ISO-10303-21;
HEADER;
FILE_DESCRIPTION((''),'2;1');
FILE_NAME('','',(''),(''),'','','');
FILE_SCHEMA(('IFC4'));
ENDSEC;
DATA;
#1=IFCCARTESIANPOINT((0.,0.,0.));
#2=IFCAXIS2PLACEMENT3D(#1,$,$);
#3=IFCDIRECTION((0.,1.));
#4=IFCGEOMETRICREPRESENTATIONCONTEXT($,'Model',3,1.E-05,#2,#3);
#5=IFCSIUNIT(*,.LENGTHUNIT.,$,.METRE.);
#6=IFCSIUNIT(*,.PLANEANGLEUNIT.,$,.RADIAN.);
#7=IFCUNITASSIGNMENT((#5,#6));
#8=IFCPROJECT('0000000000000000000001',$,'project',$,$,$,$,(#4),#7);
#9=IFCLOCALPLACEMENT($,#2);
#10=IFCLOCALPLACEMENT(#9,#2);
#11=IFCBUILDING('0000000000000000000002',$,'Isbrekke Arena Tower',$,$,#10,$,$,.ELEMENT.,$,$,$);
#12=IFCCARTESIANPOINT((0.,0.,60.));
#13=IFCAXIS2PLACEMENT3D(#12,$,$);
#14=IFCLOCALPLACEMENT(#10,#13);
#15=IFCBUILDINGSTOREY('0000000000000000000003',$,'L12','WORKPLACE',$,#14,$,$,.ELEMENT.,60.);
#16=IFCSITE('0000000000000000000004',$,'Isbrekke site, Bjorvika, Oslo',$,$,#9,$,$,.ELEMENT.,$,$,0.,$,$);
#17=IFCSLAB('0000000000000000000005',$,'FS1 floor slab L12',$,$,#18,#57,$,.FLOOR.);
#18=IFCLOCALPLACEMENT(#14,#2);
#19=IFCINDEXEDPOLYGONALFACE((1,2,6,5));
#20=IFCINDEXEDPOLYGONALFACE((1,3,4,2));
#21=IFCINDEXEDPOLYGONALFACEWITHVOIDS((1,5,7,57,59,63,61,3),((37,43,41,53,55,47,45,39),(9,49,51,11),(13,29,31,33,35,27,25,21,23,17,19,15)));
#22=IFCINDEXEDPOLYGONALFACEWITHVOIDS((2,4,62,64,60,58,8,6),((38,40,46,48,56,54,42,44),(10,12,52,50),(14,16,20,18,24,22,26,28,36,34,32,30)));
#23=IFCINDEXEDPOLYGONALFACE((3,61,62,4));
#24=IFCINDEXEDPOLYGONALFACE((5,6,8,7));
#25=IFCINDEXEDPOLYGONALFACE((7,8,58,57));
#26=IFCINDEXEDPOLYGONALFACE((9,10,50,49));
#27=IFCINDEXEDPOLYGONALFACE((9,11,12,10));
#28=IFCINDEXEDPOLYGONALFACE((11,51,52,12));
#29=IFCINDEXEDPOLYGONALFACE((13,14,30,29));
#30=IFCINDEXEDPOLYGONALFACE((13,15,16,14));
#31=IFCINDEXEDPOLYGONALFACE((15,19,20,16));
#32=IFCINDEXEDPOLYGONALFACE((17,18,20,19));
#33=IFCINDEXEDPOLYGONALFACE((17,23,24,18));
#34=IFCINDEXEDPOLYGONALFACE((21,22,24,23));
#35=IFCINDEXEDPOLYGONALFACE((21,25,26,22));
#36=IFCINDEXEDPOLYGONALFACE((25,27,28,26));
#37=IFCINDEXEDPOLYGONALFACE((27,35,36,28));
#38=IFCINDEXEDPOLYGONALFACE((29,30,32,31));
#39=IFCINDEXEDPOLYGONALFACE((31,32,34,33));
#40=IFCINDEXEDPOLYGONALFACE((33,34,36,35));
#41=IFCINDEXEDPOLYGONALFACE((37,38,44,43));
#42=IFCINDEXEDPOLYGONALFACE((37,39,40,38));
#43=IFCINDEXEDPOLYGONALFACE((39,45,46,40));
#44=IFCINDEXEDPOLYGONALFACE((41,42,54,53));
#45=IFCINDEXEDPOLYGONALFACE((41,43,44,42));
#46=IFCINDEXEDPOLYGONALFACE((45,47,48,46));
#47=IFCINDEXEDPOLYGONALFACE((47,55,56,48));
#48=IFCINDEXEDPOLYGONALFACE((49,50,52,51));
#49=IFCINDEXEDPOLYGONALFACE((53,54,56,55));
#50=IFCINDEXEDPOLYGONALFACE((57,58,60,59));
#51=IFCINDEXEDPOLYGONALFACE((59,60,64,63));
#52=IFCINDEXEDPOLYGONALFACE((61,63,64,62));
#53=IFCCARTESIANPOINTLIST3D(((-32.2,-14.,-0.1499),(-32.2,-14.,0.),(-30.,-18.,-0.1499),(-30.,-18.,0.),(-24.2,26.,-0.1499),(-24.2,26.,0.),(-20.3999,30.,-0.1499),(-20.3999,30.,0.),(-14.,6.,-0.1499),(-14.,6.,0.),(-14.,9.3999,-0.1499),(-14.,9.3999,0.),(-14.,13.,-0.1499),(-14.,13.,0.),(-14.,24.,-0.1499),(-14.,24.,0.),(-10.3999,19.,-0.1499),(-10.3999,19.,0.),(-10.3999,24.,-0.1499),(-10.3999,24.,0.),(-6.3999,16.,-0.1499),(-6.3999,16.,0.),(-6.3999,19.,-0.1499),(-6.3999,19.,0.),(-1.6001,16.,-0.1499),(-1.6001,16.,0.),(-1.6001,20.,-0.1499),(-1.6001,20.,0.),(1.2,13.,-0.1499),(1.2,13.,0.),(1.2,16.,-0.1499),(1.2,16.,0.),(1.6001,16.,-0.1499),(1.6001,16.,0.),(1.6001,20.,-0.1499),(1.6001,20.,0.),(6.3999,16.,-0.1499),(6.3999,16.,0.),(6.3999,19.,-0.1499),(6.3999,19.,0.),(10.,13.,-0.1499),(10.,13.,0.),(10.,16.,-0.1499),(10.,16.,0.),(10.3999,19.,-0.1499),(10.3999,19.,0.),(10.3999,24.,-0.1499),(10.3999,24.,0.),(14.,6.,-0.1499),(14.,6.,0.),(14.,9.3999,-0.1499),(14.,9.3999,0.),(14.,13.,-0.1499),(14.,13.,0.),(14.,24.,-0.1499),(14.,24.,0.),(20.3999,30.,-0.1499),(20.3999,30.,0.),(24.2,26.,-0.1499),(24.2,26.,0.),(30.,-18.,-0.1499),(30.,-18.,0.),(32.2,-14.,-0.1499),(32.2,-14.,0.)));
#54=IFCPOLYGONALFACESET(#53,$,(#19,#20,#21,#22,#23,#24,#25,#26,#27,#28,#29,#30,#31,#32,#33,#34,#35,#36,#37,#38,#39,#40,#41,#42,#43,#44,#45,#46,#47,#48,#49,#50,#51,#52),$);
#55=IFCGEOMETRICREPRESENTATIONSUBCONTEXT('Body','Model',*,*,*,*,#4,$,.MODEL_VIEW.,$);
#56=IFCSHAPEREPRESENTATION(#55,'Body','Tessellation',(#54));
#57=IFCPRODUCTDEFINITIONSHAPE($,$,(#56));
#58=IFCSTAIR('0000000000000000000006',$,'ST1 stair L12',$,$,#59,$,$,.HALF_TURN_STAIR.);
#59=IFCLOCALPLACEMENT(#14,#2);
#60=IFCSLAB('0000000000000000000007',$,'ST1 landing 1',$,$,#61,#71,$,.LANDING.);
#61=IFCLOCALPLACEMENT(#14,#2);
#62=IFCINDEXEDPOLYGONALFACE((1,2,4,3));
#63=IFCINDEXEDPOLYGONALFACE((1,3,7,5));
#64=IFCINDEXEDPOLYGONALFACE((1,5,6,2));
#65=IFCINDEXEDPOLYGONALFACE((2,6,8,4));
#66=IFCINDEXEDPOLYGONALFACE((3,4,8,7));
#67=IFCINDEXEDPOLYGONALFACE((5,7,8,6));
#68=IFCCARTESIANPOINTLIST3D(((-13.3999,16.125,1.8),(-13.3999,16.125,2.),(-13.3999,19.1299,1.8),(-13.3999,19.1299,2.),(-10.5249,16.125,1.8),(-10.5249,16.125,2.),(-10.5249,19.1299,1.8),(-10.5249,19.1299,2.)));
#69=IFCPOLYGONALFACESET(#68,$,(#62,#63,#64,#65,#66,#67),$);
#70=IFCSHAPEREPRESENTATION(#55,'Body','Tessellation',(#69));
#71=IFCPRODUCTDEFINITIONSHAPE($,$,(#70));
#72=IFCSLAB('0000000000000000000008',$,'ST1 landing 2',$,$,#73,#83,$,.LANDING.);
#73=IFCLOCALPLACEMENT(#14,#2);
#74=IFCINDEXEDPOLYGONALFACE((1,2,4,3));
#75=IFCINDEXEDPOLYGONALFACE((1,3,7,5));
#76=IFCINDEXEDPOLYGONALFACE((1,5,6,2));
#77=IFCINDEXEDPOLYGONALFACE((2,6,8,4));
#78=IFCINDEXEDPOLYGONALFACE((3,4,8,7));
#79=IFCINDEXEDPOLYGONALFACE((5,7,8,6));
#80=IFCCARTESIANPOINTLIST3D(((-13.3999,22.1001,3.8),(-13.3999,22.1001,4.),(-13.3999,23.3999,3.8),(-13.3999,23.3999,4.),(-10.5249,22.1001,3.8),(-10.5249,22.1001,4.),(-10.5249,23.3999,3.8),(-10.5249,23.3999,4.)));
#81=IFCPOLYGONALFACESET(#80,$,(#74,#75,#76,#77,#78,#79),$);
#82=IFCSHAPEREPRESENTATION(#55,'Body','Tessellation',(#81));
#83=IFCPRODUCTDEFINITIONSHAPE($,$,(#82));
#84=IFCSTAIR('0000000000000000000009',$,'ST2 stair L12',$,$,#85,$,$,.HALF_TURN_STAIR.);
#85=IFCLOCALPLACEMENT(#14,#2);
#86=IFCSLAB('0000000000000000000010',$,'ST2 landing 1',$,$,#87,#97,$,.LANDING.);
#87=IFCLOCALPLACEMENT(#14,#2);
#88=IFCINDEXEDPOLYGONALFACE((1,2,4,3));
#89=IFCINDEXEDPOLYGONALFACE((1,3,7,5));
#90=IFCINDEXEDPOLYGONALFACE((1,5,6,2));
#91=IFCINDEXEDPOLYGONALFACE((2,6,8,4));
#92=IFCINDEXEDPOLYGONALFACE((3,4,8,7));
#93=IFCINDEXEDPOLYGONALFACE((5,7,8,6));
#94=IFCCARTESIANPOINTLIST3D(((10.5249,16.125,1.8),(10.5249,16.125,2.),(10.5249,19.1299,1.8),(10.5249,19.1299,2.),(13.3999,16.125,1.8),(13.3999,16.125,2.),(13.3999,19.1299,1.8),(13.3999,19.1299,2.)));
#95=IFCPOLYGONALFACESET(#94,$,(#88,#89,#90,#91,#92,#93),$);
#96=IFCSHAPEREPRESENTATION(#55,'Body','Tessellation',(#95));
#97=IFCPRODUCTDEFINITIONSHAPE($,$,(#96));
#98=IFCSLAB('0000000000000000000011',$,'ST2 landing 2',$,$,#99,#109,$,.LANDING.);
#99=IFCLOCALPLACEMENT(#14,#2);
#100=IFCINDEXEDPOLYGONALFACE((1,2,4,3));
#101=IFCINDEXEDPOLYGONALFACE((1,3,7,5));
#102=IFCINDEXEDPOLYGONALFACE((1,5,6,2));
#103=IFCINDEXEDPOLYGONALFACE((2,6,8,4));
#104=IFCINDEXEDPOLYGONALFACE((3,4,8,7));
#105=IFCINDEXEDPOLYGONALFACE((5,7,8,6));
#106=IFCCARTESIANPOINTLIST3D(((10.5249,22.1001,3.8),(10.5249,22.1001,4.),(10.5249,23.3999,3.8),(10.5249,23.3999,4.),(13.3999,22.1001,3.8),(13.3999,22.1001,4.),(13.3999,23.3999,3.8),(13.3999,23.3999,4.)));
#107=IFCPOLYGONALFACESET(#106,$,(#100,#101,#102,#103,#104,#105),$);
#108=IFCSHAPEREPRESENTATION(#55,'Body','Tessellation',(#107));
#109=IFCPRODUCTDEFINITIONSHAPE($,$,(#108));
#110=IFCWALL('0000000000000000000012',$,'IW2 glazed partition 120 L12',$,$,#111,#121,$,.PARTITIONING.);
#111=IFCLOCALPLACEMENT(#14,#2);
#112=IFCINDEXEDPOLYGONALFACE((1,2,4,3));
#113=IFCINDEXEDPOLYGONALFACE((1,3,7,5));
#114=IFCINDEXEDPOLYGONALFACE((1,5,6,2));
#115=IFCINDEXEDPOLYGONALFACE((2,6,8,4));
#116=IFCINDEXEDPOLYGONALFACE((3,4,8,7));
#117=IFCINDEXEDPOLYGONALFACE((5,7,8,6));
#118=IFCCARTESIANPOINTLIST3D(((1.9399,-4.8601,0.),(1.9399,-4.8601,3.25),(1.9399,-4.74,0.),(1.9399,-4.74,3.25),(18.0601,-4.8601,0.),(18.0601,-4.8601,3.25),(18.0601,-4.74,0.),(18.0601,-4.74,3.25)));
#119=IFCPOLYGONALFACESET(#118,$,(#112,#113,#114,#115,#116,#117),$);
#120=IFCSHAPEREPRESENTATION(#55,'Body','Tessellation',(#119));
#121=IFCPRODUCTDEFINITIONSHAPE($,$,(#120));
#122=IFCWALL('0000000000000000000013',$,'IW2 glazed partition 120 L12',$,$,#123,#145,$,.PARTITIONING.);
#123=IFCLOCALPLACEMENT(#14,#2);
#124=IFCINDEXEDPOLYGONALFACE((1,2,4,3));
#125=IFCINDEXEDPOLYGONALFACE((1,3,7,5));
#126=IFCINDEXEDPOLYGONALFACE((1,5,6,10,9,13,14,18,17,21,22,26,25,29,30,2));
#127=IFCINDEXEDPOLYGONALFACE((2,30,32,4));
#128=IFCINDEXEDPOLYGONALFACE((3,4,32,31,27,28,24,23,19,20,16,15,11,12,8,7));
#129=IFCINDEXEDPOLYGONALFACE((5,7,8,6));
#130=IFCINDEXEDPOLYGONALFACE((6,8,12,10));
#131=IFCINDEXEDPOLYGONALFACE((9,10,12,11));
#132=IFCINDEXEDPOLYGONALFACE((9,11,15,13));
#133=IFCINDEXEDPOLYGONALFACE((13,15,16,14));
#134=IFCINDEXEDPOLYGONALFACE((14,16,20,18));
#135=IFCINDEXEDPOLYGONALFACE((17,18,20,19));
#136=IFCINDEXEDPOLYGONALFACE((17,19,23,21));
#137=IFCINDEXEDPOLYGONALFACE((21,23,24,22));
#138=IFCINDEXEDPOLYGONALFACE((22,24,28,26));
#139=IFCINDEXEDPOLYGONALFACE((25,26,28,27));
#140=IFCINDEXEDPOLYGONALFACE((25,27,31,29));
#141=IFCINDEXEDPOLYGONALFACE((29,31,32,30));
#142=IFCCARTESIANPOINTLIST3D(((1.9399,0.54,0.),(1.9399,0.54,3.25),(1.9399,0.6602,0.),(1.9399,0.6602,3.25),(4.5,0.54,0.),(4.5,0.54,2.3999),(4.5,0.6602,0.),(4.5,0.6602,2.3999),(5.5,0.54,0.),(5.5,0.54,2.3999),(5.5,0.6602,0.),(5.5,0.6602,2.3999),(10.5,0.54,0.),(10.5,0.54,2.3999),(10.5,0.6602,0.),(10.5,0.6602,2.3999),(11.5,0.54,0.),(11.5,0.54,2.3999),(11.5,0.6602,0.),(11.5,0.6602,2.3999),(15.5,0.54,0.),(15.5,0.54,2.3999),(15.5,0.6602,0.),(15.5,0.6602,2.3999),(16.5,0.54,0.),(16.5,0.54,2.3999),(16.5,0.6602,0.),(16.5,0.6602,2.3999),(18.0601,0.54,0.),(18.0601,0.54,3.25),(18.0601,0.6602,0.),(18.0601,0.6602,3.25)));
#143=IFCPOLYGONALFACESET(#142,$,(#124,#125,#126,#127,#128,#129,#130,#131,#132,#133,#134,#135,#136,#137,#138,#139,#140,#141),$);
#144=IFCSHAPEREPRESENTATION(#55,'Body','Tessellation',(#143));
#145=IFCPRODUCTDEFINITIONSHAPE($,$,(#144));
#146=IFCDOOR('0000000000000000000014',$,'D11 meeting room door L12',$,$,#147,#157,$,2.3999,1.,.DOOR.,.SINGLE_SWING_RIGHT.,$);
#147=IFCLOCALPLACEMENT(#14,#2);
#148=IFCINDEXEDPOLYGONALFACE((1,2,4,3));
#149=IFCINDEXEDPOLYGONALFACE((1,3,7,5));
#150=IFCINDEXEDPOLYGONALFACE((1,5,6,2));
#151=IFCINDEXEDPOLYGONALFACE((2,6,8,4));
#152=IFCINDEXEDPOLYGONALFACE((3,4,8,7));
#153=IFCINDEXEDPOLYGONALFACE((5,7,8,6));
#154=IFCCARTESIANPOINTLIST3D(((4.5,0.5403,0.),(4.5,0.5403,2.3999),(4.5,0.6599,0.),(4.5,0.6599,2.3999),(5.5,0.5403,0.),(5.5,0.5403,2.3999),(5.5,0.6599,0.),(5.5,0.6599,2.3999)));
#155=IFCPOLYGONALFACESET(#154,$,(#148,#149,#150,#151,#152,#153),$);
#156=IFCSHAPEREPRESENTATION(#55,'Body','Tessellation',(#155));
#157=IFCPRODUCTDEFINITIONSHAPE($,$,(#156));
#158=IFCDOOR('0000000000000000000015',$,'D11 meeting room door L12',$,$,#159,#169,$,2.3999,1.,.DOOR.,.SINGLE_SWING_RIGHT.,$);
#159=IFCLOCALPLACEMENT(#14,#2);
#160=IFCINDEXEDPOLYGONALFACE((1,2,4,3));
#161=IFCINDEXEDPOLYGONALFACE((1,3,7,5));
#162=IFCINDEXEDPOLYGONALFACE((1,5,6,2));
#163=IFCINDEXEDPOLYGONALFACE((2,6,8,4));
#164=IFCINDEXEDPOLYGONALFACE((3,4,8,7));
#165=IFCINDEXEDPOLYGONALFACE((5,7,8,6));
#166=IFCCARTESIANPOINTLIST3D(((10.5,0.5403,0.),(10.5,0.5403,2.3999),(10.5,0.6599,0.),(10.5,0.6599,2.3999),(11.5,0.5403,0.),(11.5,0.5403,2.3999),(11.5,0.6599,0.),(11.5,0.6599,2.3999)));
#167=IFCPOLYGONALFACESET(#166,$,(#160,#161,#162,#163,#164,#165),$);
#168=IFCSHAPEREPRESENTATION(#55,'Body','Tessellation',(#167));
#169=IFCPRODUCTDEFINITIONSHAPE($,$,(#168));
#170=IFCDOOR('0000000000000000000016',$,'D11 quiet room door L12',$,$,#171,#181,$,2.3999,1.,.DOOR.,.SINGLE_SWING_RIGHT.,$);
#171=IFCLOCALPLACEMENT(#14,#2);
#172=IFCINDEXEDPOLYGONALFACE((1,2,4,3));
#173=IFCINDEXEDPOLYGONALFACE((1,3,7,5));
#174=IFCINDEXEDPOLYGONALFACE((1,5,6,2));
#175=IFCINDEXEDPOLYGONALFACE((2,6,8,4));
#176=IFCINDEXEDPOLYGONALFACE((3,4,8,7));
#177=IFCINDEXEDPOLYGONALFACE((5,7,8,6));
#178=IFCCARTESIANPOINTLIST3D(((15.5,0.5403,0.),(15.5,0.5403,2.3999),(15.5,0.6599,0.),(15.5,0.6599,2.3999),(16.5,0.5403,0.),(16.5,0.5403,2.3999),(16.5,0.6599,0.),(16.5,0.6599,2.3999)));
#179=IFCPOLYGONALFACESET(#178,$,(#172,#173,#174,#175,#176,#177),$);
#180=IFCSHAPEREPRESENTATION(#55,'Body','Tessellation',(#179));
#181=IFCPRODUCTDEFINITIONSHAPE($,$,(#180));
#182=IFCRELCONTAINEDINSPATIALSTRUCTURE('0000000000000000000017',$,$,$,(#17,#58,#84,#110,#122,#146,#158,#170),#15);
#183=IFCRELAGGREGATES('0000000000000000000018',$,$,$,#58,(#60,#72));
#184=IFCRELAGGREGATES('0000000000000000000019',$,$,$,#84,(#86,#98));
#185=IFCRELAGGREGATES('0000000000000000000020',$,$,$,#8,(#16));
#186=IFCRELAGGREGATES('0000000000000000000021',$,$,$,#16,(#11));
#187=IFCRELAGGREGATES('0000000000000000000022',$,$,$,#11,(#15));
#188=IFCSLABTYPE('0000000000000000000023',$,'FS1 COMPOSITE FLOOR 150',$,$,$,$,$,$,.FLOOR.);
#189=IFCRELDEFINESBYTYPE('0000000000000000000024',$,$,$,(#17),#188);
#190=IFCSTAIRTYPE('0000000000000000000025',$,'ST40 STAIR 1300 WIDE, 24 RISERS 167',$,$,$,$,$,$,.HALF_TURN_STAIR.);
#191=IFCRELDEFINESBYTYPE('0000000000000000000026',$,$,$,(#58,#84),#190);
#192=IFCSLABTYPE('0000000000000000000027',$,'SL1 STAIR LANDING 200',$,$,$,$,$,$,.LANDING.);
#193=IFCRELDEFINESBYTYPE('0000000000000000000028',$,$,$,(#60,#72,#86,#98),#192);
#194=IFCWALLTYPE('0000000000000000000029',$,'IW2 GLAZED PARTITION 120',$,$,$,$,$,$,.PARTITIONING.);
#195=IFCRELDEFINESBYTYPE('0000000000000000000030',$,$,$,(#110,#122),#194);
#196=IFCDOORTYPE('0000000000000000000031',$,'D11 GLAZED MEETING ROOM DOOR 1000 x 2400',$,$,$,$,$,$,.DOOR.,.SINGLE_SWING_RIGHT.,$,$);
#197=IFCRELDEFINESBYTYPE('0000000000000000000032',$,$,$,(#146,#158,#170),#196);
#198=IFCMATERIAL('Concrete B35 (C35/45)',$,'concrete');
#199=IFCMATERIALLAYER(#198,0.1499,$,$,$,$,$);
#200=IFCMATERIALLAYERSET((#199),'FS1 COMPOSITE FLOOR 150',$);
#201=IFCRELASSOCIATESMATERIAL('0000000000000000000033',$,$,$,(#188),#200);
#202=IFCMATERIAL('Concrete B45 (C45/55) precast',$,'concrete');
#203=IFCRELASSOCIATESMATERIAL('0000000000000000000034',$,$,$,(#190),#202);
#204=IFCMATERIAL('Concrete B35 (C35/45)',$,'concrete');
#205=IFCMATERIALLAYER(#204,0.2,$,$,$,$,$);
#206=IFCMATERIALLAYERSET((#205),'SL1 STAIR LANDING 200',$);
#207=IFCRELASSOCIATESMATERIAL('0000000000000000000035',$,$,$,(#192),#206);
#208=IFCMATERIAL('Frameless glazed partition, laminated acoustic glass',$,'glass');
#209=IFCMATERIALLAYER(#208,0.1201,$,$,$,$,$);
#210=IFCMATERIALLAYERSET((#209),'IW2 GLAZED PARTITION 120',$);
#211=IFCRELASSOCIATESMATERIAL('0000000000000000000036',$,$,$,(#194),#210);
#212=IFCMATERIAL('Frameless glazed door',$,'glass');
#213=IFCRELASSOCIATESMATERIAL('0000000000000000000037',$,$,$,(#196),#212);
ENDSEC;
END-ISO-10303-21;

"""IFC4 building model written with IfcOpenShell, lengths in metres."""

from ifc_helpers import new_model, si_unit, direction, frame, frame_2d, origin, place, context, subcontext, project, spatial, polyline, rectangle, outline, extrude, material, layer, layer_set, type_object, element, fill, aggregate, save


model = new_model("IFC4")

# Units and contexts
model_context = context("Model", 3, precision=1e-05, world=origin(), true_north=direction((0.0, 1.0)))
body_context = subcontext(model_context, "Body", "Model", "MODEL_VIEW")
ifc_project = project(units=[si_unit("LENGTHUNIT", "METRE"), si_unit("PLANEANGLEUNIT", "RADIAN")], contexts=[model_context])

# Site, building, storey
site_placement = place(None, origin())
site = spatial("IfcSite", under=ifc_project, at=site_placement, Name="Isbrekke site, Bjorvika, Oslo", CompositionType="ELEMENT", RefElevation=0.0)
building_placement = place(site_placement, origin())
building = spatial("IfcBuilding", under=site, at=building_placement, Name="Isbrekke Arena Tower", CompositionType="ELEMENT")
storey_placement = place(building_placement, frame((0.0, 0.0, 60.0)))
storey = spatial("IfcBuildingStorey", under=building, at=storey_placement, Name="L12", Description="WORKPLACE", CompositionType="ELEMENT", Elevation=60.0)

# Slab
ifc_material_1 = material(Name="Concrete B35 (C35/45)", Category="concrete")
ifc_layer_1 = layer(ifc_material_1, 0.1499)
ifc_layer_set_1 = layer_set([ifc_layer_1], Name="FS1 COMPOSITE FLOOR 150")
slab_type_1 = type_object("IfcSlabType", Name="FS1 COMPOSITE FLOOR 150", PredefinedType="FLOOR", material=ifc_layer_set_1)
slab_1_placement = place(storey_placement, frame((0.0, 0.0, -0.1499)))
element("IfcSlab", 1, at=slab_1_placement, inside=storey, type_object=slab_type_1, Name="FS1 floor slab L12", PredefinedType="FLOOR", context=body_context, shape_type="SweptSolid", body=[
    extrude(outline(polyline([(-30.0, -18.0), (30.0, -18.0), (32.2, -14.0), (24.2, 26.0), (20.3999, 30.0), (-20.3999, 30.0), (-24.2, 26.0), (-32.2, -14.0), (-30.0, -18.0)]), holes=[polyline([(14.0, 9.3999), (14.0, 6.0), (-14.0, 6.0), (-14.0, 9.3999), (14.0, 9.3999)]), polyline([(-6.3999, 19.0), (-6.3999, 16.0), (-1.6001, 16.0), (-1.6001, 20.0), (1.6001, 20.0), (1.6001, 16.0), (1.2, 16.0), (1.2, 13.0), (-14.0, 13.0), (-14.0, 24.0), (-10.3999, 24.0), (-10.3999, 19.0), (-6.3999, 19.0)]), polyline([(10.0, 13.0), (10.0, 16.0), (6.3999, 16.0), (6.3999, 19.0), (10.3999, 19.0), (10.3999, 24.0), (14.0, 24.0), (14.0, 13.0), (10.0, 13.0)])]), origin(), (0.0, 0.0, 1.0), 0.1499),
])

# Stairs, slabs
ifc_material_2 = material(Name="Concrete B45 (C45/55) precast", Category="concrete")
stair_type = type_object("IfcStairType", Name="ST40 STAIR 1300 WIDE, 24 RISERS 167", PredefinedType="HALF_TURN_STAIR", material=ifc_material_2)
stair_1_placement = place(storey_placement, origin())
stair_1 = element("IfcStair", 2, at=stair_1_placement, inside=storey, type_object=stair_type, Name="ST1 stair L12", PredefinedType="HALF_TURN_STAIR")
ifc_material_3 = material(Name="Concrete B35 (C35/45)", Category="concrete")
ifc_layer_2 = layer(ifc_material_3, 0.2)
ifc_layer_set_2 = layer_set([ifc_layer_2], Name="SL1 STAIR LANDING 200")
slab_type_2 = type_object("IfcSlabType", Name="SL1 STAIR LANDING 200", PredefinedType="LANDING", material=ifc_layer_set_2)
slab_2_placement = place(storey_placement, frame((0.0, 0.0, 1.8)))
slab_2 = element("IfcSlab", 3, at=slab_2_placement, type_object=slab_type_2, Name="ST1 landing 1", PredefinedType="LANDING", context=body_context, shape_type="SweptSolid", body=[
    extrude(outline(polyline([(-13.3999, 16.125), (-10.5249, 16.125), (-10.5249, 19.1299), (-13.3999, 19.1299), (-13.3999, 16.125)])), origin(), (0.0, 0.0, 1.0), 0.2),
])
slab_3_placement = place(storey_placement, frame((0.0, 0.0, 3.8)))
slab_3 = element("IfcSlab", 4, at=slab_3_placement, type_object=slab_type_2, Name="ST1 landing 2", PredefinedType="LANDING", context=body_context, shape_type="SweptSolid", body=[
    extrude(outline(polyline([(-13.3999, 22.1001), (-10.5249, 22.1001), (-10.5249, 23.3999), (-13.3999, 23.3999), (-13.3999, 22.1001)])), origin(), (0.0, 0.0, 1.0), 0.2),
])
aggregate(stair_1, [slab_2, slab_3])
stair_2_placement = place(storey_placement, origin())
stair_2 = element("IfcStair", 5, at=stair_2_placement, inside=storey, type_object=stair_type, Name="ST2 stair L12", PredefinedType="HALF_TURN_STAIR")
slab_4_placement = place(storey_placement, frame((0.0, 0.0, 1.8)))
slab_4 = element("IfcSlab", 6, at=slab_4_placement, type_object=slab_type_2, Name="ST2 landing 1", PredefinedType="LANDING", context=body_context, shape_type="SweptSolid", body=[
    extrude(outline(polyline([(10.5249, 16.125), (13.3999, 16.125), (13.3999, 19.1299), (10.5249, 19.1299), (10.5249, 16.125)])), origin(), (0.0, 0.0, 1.0), 0.2),
])
slab_5_placement = place(storey_placement, frame((0.0, 0.0, 3.8)))
slab_5 = element("IfcSlab", 7, at=slab_5_placement, type_object=slab_type_2, Name="ST2 landing 2", PredefinedType="LANDING", context=body_context, shape_type="SweptSolid", body=[
    extrude(outline(polyline([(10.5249, 22.1001), (13.3999, 22.1001), (13.3999, 23.3999), (10.5249, 23.3999), (10.5249, 22.1001)])), origin(), (0.0, 0.0, 1.0), 0.2),
])
aggregate(stair_2, [slab_4, slab_5])

# Wall
ifc_material_4 = material(Name="Frameless glazed partition, laminated acoustic glass", Category="glass")
ifc_layer_3 = layer(ifc_material_4, 0.1201)
ifc_layer_set_3 = layer_set([ifc_layer_3], Name="IW2 GLAZED PARTITION 120")
wall_type_1 = type_object("IfcWallType", Name="IW2 GLAZED PARTITION 120", PredefinedType="PARTITIONING", material=ifc_layer_set_3)
wall_1_placement = place(storey_placement, frame((1.9399, -4.8, 0.0), z_axis=(0.0, 0.0, 1.0), x_axis=(1.0, 0.0, 0.0)))
element("IfcWall", 8, at=wall_1_placement, inside=storey, type_object=wall_type_1, Name="IW2 glazed partition 120 L12", PredefinedType="PARTITIONING", context=body_context, shape_type="SweptSolid", body=[
    extrude(rectangle(XDim=16.1201, YDim=0.1201, at=frame_2d((8.0601, 0.0))), origin(), (0.0, 0.0, 1.0), 3.25),
])

# Wall, openings, doors
wall_2_placement = place(storey_placement, frame((1.9399, 0.6001, 0.0), z_axis=(0.0, 0.0, 1.0), x_axis=(1.0, 0.0, 0.0)))
wall_2 = element("IfcWall", 9, at=wall_2_placement, inside=storey, type_object=wall_type_1, Name="IW2 glazed partition 120 L12", PredefinedType="PARTITIONING", context=body_context, shape_type="SweptSolid", body=[
    extrude(rectangle(XDim=16.1201, YDim=0.1201, at=frame_2d((8.0601, 0.0))), origin(), (0.0, 0.0, 1.0), 3.25),
])
opening_1_placement = place(wall_2_placement, frame((2.5601, 0.0, 0.0)))
opening_1 = element("IfcOpeningElement", 10, at=opening_1_placement, cuts=wall_2, PredefinedType="OPENING", context=body_context, shape_type="SweptSolid", body=[
    extrude(rectangle(XDim=1.0, YDim=2.3999, at=frame_2d((0.5, 1.2))), frame((0.0, 0.075, 0.0), z_axis=(0.0, -1.0, 0.0), x_axis=(1.0, 0.0, 0.0)), (0.0, 0.0, 1.0), 0.1499),
])
opening_2_placement = place(wall_2_placement, frame((8.5601, 0.0, 0.0)))
opening_2 = element("IfcOpeningElement", 11, at=opening_2_placement, cuts=wall_2, PredefinedType="OPENING", context=body_context, shape_type="SweptSolid", body=[
    extrude(rectangle(XDim=1.0, YDim=2.3999, at=frame_2d((0.5, 1.2))), frame((0.0, 0.075, 0.0), z_axis=(0.0, -1.0, 0.0), x_axis=(1.0, 0.0, 0.0)), (0.0, 0.0, 1.0), 0.1499),
])
opening_3_placement = place(wall_2_placement, frame((13.5601, 0.0, 0.0)))
opening_3 = element("IfcOpeningElement", 12, at=opening_3_placement, cuts=wall_2, PredefinedType="OPENING", context=body_context, shape_type="SweptSolid", body=[
    extrude(rectangle(XDim=1.0, YDim=2.3999, at=frame_2d((0.5, 1.2))), frame((0.0, 0.075, 0.0), z_axis=(0.0, -1.0, 0.0), x_axis=(1.0, 0.0, 0.0)), (0.0, 0.0, 1.0), 0.1499),
])
ifc_material_5 = material(Name="Frameless glazed door", Category="glass")
door_type = type_object("IfcDoorType", Name="D11 GLAZED MEETING ROOM DOOR 1000 x 2400", OperationType="SINGLE_SWING_RIGHT", PredefinedType="DOOR", material=ifc_material_5)
door_1_placement = place(opening_1_placement, origin())
door_1 = element("IfcDoor", 13, at=door_1_placement, inside=storey, type_object=door_type, Name="D11 meeting room door L12", OperationType="SINGLE_SWING_RIGHT", OverallHeight=2.3999, OverallWidth=1.0, PredefinedType="DOOR", context=body_context, shape_type="SweptSolid", body=[
    extrude(rectangle(XDim=1.0, YDim=2.3999, at=frame_2d((0.5, 1.2))), frame((0.0, 0.0598, 0.0), z_axis=(0.0, -1.0, 0.0), x_axis=(1.0, 0.0, 0.0)), (0.0, 0.0, 1.0), 0.1196),
])
fill(opening_1, door_1)
door_2_placement = place(opening_2_placement, origin())
door_2 = element("IfcDoor", 14, at=door_2_placement, inside=storey, type_object=door_type, Name="D11 meeting room door L12", OperationType="SINGLE_SWING_RIGHT", OverallHeight=2.3999, OverallWidth=1.0, PredefinedType="DOOR", context=body_context, shape_type="SweptSolid", body=[
    extrude(rectangle(XDim=1.0, YDim=2.3999, at=frame_2d((0.5, 1.2))), frame((0.0, 0.0598, 0.0), z_axis=(0.0, -1.0, 0.0), x_axis=(1.0, 0.0, 0.0)), (0.0, 0.0, 1.0), 0.1196),
])
fill(opening_2, door_2)
door_3_placement = place(opening_3_placement, origin())
door_3 = element("IfcDoor", 15, at=door_3_placement, inside=storey, type_object=door_type, Name="D11 quiet room door L12", OperationType="SINGLE_SWING_RIGHT", OverallHeight=2.3999, OverallWidth=1.0, PredefinedType="DOOR", context=body_context, shape_type="SweptSolid", body=[
    extrude(rectangle(XDim=1.0, YDim=2.3999, at=frame_2d((0.5, 1.2))), frame((0.0, 0.0598, 0.0), z_axis=(0.0, -1.0, 0.0), x_axis=(1.0, 0.0, 0.0)), (0.0, 0.0, 1.0), 0.1196),
])
fill(opening_3, door_3)

save(model, "model.ifc")
